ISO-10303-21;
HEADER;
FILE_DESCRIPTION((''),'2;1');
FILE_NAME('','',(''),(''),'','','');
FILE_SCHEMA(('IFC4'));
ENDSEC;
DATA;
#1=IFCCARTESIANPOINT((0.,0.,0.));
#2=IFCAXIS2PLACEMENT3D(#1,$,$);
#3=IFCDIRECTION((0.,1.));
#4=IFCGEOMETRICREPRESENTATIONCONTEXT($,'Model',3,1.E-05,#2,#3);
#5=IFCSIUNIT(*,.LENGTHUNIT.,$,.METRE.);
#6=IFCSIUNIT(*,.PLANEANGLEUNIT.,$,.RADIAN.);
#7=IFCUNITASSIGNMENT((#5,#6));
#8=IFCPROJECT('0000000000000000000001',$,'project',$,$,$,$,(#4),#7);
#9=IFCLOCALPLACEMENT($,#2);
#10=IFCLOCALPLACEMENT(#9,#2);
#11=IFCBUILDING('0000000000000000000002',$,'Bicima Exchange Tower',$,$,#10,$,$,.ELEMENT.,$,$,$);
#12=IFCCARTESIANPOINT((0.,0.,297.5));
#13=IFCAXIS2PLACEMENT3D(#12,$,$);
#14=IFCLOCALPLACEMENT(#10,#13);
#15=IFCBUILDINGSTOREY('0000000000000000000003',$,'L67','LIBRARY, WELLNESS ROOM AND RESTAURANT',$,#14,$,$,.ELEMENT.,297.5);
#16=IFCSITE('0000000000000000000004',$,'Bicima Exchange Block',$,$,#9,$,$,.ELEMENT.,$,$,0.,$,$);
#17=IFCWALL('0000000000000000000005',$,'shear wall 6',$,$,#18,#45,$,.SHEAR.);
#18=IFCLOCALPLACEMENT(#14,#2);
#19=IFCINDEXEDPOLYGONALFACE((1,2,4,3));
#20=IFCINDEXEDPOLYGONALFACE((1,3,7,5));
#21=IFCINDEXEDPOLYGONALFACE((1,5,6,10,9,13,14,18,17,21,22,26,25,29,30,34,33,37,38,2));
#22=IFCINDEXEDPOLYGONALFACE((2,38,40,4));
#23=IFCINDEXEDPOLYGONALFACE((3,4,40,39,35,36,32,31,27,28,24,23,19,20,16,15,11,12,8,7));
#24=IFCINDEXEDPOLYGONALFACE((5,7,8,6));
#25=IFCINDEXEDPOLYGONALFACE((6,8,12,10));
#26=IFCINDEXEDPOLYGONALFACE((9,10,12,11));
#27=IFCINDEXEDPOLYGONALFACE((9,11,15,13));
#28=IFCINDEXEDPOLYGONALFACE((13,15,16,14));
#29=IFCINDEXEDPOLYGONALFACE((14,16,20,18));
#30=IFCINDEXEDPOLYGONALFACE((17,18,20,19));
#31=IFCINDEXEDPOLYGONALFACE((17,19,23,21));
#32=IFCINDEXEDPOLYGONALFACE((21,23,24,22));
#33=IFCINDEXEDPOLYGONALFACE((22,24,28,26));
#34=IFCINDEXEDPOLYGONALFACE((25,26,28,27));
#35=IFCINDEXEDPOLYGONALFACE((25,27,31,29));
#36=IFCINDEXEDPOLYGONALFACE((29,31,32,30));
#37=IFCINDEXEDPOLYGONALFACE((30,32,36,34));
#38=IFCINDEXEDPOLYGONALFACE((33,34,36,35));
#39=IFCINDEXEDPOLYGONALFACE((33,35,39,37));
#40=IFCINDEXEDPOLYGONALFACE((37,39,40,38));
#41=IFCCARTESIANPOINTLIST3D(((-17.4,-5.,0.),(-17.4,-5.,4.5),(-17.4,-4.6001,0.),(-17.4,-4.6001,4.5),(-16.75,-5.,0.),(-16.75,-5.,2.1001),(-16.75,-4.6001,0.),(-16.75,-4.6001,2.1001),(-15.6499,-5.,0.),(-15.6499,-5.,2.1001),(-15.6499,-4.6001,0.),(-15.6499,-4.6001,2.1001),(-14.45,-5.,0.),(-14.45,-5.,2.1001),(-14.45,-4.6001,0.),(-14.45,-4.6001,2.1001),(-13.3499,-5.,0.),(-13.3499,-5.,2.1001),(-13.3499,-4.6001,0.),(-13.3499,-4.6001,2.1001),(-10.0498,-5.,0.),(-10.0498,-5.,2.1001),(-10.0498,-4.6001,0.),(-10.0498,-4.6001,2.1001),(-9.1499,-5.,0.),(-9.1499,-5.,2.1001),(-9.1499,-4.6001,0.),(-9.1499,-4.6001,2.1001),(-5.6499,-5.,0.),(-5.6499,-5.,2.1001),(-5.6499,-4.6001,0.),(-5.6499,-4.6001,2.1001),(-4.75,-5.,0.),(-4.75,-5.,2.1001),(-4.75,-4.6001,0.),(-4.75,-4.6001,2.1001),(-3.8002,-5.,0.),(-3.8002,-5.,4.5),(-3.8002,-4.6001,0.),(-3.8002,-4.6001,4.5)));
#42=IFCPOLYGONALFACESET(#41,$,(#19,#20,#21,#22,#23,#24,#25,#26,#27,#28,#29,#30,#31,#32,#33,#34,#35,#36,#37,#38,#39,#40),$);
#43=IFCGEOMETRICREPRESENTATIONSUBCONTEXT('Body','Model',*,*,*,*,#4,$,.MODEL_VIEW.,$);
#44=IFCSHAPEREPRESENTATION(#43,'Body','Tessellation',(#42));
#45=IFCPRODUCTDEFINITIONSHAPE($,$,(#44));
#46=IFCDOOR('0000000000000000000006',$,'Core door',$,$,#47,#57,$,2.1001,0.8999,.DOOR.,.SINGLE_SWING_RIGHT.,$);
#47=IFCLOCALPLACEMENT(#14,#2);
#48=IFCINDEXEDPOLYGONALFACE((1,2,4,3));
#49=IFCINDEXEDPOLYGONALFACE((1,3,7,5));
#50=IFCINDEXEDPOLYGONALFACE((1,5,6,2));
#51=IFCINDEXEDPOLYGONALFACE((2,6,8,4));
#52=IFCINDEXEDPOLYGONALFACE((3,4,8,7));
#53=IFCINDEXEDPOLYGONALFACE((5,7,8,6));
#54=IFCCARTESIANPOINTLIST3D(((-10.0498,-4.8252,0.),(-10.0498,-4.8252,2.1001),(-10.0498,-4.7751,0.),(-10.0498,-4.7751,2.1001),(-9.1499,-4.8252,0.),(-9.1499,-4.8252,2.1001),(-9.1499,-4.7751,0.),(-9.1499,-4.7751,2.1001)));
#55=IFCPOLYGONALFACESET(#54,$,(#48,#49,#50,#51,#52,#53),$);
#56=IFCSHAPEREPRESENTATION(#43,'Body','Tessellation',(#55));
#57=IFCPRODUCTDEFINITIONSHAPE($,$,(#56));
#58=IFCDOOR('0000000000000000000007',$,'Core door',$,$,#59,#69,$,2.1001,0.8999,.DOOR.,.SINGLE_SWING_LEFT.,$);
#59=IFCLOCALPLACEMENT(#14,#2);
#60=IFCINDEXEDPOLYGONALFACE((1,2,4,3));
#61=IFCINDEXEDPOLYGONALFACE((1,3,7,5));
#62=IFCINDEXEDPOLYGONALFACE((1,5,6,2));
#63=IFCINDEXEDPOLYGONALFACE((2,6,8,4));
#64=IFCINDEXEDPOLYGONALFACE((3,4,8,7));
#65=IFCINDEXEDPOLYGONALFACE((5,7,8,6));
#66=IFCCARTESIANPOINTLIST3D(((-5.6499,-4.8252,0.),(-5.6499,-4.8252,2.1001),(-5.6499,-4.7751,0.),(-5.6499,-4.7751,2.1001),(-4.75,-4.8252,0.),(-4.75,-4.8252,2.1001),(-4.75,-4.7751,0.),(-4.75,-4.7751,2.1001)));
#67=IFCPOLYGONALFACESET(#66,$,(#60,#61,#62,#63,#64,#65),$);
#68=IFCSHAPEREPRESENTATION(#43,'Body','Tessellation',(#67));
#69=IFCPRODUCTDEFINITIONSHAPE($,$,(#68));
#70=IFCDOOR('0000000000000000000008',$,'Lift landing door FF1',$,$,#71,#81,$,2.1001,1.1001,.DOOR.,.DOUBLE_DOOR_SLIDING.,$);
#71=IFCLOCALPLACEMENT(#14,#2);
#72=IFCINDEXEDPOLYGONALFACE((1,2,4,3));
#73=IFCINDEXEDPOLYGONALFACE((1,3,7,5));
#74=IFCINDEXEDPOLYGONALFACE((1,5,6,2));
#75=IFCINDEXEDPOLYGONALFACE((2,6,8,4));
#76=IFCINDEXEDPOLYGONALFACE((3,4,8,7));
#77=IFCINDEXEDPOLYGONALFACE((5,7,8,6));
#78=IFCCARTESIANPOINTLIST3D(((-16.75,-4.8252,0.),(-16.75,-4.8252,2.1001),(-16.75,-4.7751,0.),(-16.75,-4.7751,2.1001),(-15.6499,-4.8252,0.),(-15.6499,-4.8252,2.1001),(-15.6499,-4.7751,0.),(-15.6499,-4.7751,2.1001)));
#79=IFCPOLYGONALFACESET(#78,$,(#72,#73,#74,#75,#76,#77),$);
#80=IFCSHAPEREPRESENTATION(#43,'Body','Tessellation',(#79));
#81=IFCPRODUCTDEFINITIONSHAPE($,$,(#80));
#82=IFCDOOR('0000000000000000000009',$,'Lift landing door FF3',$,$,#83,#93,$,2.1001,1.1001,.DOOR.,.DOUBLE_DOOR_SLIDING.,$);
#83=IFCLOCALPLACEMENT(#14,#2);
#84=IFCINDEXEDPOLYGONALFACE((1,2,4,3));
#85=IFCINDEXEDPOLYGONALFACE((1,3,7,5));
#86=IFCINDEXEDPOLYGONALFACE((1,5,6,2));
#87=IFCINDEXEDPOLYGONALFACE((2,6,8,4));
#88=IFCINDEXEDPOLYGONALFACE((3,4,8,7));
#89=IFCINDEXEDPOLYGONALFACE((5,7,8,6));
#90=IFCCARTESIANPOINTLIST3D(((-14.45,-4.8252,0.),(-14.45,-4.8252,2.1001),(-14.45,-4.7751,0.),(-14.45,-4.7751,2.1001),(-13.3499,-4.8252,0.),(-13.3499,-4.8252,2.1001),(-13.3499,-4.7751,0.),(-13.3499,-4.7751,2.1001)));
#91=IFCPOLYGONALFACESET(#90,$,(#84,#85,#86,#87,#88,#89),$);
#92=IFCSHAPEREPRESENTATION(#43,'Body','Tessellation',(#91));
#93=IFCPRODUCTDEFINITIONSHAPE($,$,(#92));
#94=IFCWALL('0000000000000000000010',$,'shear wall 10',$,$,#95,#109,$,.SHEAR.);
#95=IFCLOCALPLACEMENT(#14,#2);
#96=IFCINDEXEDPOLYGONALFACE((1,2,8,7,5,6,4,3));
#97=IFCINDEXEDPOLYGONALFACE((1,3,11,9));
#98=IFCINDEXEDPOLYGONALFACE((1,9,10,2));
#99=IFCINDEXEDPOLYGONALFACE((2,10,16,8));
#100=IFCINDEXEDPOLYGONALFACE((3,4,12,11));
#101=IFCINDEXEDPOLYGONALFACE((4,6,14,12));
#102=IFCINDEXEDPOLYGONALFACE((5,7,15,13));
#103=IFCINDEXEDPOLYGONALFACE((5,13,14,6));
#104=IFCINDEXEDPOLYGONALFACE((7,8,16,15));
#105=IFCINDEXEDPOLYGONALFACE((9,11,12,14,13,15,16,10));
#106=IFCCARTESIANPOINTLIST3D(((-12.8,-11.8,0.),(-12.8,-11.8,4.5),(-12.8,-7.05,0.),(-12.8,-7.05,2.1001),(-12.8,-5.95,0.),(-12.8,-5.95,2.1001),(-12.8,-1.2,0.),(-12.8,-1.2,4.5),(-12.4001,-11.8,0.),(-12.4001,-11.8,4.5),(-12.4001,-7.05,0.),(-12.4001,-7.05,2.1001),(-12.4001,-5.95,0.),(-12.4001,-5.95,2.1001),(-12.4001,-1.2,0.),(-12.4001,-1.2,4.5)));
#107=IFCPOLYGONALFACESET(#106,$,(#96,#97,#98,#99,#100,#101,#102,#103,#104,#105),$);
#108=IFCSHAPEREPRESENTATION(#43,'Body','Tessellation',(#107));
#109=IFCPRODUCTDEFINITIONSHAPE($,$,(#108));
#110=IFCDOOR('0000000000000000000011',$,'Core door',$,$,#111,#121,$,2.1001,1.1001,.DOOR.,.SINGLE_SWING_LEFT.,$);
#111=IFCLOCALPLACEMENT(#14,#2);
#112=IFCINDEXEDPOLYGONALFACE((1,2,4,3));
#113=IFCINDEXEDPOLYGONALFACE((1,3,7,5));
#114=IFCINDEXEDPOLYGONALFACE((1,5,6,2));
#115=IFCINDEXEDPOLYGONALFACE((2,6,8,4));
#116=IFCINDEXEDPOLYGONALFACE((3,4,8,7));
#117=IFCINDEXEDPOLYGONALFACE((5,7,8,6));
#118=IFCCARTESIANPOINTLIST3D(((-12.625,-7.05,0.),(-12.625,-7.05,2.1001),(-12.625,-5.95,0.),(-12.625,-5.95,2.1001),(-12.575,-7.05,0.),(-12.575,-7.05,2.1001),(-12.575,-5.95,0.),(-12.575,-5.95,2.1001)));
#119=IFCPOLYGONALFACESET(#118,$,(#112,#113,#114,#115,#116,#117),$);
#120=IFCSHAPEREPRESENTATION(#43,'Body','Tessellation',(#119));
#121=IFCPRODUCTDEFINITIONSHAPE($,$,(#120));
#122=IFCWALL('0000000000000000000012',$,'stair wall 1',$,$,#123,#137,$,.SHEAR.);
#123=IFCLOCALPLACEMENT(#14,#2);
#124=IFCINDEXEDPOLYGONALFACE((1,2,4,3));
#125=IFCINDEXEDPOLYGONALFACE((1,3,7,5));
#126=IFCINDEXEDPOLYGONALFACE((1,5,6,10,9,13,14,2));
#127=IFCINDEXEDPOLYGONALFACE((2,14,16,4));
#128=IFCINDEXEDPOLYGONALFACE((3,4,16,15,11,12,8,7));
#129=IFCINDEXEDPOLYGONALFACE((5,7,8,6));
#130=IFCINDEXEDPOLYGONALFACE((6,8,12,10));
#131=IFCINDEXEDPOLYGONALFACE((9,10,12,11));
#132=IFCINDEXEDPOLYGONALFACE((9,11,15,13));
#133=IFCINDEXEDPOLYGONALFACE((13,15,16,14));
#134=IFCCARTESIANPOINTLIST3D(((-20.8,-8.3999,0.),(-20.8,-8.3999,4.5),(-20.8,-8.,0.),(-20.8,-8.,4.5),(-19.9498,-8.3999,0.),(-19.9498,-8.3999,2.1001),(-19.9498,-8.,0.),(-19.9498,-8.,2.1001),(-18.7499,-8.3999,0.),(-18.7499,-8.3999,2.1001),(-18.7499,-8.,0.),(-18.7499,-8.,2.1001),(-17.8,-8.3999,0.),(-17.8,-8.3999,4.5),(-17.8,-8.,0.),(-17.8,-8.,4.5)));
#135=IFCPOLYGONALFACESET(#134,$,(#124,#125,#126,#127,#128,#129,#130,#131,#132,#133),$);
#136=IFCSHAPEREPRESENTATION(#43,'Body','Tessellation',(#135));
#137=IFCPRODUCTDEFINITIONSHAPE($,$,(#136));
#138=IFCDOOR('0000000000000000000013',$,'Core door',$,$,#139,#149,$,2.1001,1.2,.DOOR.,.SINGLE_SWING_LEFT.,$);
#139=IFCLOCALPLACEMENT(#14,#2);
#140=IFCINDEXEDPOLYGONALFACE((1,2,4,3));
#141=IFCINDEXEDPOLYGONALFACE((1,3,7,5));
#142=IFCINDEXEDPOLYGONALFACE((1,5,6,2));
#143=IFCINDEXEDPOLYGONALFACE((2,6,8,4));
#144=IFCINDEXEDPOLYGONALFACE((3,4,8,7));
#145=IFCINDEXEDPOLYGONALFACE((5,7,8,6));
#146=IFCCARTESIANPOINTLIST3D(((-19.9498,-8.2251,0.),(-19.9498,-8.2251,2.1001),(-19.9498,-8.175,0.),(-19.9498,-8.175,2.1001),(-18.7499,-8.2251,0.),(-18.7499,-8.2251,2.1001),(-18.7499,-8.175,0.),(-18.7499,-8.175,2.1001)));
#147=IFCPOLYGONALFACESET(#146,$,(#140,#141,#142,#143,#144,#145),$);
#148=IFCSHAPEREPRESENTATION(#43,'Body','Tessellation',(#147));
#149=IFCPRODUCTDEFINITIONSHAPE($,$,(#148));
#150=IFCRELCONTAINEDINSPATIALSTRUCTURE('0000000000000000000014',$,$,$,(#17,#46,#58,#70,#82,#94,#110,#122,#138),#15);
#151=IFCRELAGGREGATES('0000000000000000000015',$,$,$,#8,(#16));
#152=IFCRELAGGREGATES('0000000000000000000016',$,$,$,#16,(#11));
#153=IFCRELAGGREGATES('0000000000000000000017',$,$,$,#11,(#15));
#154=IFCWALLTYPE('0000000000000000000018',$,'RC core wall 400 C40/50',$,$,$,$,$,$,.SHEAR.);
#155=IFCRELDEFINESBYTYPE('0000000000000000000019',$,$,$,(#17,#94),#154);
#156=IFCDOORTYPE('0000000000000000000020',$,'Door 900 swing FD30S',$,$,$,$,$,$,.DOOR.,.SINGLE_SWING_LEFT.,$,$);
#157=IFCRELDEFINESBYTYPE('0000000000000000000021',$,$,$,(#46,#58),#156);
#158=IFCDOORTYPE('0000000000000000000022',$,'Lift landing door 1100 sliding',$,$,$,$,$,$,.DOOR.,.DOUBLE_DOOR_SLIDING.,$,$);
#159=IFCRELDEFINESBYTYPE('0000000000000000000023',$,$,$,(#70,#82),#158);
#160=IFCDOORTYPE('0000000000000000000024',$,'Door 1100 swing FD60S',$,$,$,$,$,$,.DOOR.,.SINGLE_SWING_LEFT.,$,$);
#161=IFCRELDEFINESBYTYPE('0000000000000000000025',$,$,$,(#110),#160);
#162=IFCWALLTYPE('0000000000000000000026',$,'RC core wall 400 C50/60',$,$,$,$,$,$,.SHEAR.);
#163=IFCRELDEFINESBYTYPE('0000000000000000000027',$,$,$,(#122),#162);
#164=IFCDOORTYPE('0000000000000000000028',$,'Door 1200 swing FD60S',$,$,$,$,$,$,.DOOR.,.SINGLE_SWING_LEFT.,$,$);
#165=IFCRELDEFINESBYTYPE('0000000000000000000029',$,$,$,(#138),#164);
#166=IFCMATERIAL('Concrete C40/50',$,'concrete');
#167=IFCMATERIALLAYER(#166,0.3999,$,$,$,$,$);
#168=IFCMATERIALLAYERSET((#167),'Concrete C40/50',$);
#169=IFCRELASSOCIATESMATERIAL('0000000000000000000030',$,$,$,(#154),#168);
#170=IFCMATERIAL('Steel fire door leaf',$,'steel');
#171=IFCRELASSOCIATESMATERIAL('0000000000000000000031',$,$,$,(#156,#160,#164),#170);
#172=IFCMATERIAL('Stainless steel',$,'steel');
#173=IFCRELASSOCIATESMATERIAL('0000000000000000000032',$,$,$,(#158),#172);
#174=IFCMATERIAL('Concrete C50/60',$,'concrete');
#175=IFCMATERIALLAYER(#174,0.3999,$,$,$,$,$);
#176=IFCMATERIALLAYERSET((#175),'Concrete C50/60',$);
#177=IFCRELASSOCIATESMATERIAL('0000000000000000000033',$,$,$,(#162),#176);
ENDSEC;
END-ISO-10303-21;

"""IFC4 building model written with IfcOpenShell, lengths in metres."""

from ifc_helpers import new_model, si_unit, direction, frame, frame_2d, origin, place, context, subcontext, project, spatial, rectangle, extrude, material, layer, layer_set, type_object, element, fill, save


model = new_model("IFC4")

# Units and contexts
model_context = context("Model", 3, precision=1e-05, world=origin(), true_north=direction((0.0, 1.0)))
body_context = subcontext(model_context, "Body", "Model", "MODEL_VIEW")
ifc_project = project(units=[si_unit("LENGTHUNIT", "METRE"), si_unit("PLANEANGLEUNIT", "RADIAN")], contexts=[model_context])

# Site, building, storey
site_placement = place(None, origin())
site = spatial("IfcSite", under=ifc_project, at=site_placement, Name="Bicima Exchange Block", CompositionType="ELEMENT", RefElevation=0.0)
building_placement = place(site_placement, origin())
building = spatial("IfcBuilding", under=site, at=building_placement, Name="Bicima Exchange Tower", CompositionType="ELEMENT")
storey_placement = place(building_placement, frame((0.0, 0.0, 297.5)))
storey = spatial("IfcBuildingStorey", under=building, at=storey_placement, Name="L67", Description="LIBRARY, WELLNESS ROOM AND RESTAURANT", CompositionType="ELEMENT", Elevation=297.5)

# Shared definitions
ifc_material_1 = material(Name="Concrete C40/50", Category="concrete")
ifc_layer_1 = layer(ifc_material_1, 0.3999)
ifc_layer_set_1 = layer_set([ifc_layer_1], Name="Concrete C40/50")
wall_type_1 = type_object("IfcWallType", Name="RC core wall 400 C40/50", PredefinedType="SHEAR", material=ifc_layer_set_1)

# Wall, openings, doors
wall_1_placement = place(storey_placement, frame((-17.3999, -4.8, 0.0), z_axis=(0.0, 0.0, 1.0), x_axis=(1.0, 0.0, 0.0)))
wall_1 = element("IfcWall", 1, at=wall_1_placement, inside=storey, type_object=wall_type_1, Name="shear wall 6", PredefinedType="SHEAR", context=body_context, shape_type="SweptSolid", body=[
    extrude(rectangle(XDim=13.5999, YDim=0.3999, at=frame_2d((6.7998, 0.0))), origin(), (0.0, 0.0, 1.0), 4.5),
])
opening_1_placement = place(wall_1_placement, frame((0.6499, 0.0, 0.0)))
opening_1 = element("IfcOpeningElement", 2, at=opening_1_placement, cuts=wall_1, PredefinedType="OPENING", context=body_context, shape_type="SweptSolid", body=[
    extrude(rectangle(XDim=1.1001, YDim=2.1001, at=frame_2d((0.55, 1.05))), frame((0.0, 0.2119, 0.0), z_axis=(0.0, -1.0, 0.0), x_axis=(1.0, 0.0, 0.0)), (0.0, 0.0, 1.0), 0.4238),
])
opening_2_placement = place(wall_1_placement, frame((2.95, 0.0, 0.0)))
opening_2 = element("IfcOpeningElement", 3, at=opening_2_placement, cuts=wall_1, PredefinedType="OPENING", context=body_context, shape_type="SweptSolid", body=[
    extrude(rectangle(XDim=1.1001, YDim=2.1001, at=frame_2d((0.55, 1.05))), frame((0.0, 0.2119, 0.0), z_axis=(0.0, -1.0, 0.0), x_axis=(1.0, 0.0, 0.0)), (0.0, 0.0, 1.0), 0.4238),
])
opening_3_placement = place(wall_1_placement, frame((7.3501, 0.0, 0.0)))
opening_3 = element("IfcOpeningElement", 4, at=opening_3_placement, cuts=wall_1, PredefinedType="OPENING", context=body_context, shape_type="SweptSolid", body=[
    extrude(rectangle(XDim=0.8999, YDim=2.1001, at=frame_2d((0.45, 1.05))), frame((0.0, 0.2119, 0.0), z_axis=(0.0, -1.0, 0.0), x_axis=(1.0, 0.0, 0.0)), (0.0, 0.0, 1.0), 0.4238),
])
opening_4_placement = place(wall_1_placement, frame((11.75, 0.0, 0.0)))
opening_4 = element("IfcOpeningElement", 5, at=opening_4_placement, cuts=wall_1, PredefinedType="OPENING", context=body_context, shape_type="SweptSolid", body=[
    extrude(rectangle(XDim=0.8999, YDim=2.1001, at=frame_2d((0.45, 1.05))), frame((0.0, 0.2119, 0.0), z_axis=(0.0, -1.0, 0.0), x_axis=(1.0, 0.0, 0.0)), (0.0, 0.0, 1.0), 0.4238),
])
ifc_material_2 = material(Name="Steel fire door leaf", Category="steel")
door_type_1 = type_object("IfcDoorType", Name="Door 900 swing FD30S", OperationType="SINGLE_SWING_LEFT", PredefinedType="DOOR", material=ifc_material_2)
door_1_placement = place(opening_3_placement, origin())
door_1 = element("IfcDoor", 6, at=door_1_placement, inside=storey, type_object=door_type_1, Name="Core door", OperationType="SINGLE_SWING_RIGHT", OverallHeight=2.1001, OverallWidth=0.8999, PredefinedType="DOOR", context=body_context, shape_type="SweptSolid", body=[
    extrude(rectangle(XDim=0.8999, YDim=2.1001, at=frame_2d((0.45, 1.05))), frame((0.0, 0.0249, 0.0), z_axis=(0.0, -1.0, 0.0), x_axis=(1.0, 0.0, 0.0)), (0.0, 0.0, 1.0), 0.05),
])
fill(opening_3, door_1)
door_2_placement = place(opening_4_placement, origin())
door_2 = element("IfcDoor", 7, at=door_2_placement, inside=storey, type_object=door_type_1, Name="Core door", OperationType="SINGLE_SWING_LEFT", OverallHeight=2.1001, OverallWidth=0.8999, PredefinedType="DOOR", context=body_context, shape_type="SweptSolid", body=[
    extrude(rectangle(XDim=0.8999, YDim=2.1001, at=frame_2d((0.45, 1.05))), frame((0.0, 0.0249, 0.0), z_axis=(0.0, -1.0, 0.0), x_axis=(1.0, 0.0, 0.0)), (0.0, 0.0, 1.0), 0.05),
])
fill(opening_4, door_2)
ifc_material_3 = material(Name="Stainless steel", Category="steel")
door_type_2 = type_object("IfcDoorType", Name="Lift landing door 1100 sliding", OperationType="DOUBLE_DOOR_SLIDING", PredefinedType="DOOR", material=ifc_material_3)
door_3_placement = place(opening_1_placement, origin())
door_3 = element("IfcDoor", 8, at=door_3_placement, inside=storey, type_object=door_type_2, Name="Lift landing door FF1", OperationType="DOUBLE_DOOR_SLIDING", OverallHeight=2.1001, OverallWidth=1.1001, PredefinedType="DOOR", context=body_context, shape_type="SweptSolid", body=[
    extrude(rectangle(XDim=1.1001, YDim=2.1001, at=frame_2d((0.55, 1.05))), frame((0.0, 0.0249, 0.0), z_axis=(0.0, -1.0, 0.0), x_axis=(1.0, 0.0, 0.0)), (0.0, 0.0, 1.0), 0.05),
])
fill(opening_1, door_3)
door_4_placement = place(opening_2_placement, origin())
door_4 = element("IfcDoor", 9, at=door_4_placement, inside=storey, type_object=door_type_2, Name="Lift landing door FF3", OperationType="DOUBLE_DOOR_SLIDING", OverallHeight=2.1001, OverallWidth=1.1001, PredefinedType="DOOR", context=body_context, shape_type="SweptSolid", body=[
    extrude(rectangle(XDim=1.1001, YDim=2.1001, at=frame_2d((0.55, 1.05))), frame((0.0, 0.0249, 0.0), z_axis=(0.0, -1.0, 0.0), x_axis=(1.0, 0.0, 0.0)), (0.0, 0.0, 1.0), 0.05),
])
fill(opening_2, door_4)

# Walls, openings, doors
wall_2_placement = place(storey_placement, frame((-12.6001, -11.8, 0.0), z_axis=(0.0, 0.0, 1.0), x_axis=(0.0, 1.0, 0.0)))
wall_2 = element("IfcWall", 10, at=wall_2_placement, inside=storey, type_object=wall_type_1, Name="shear wall 10", PredefinedType="SHEAR", context=body_context, shape_type="SweptSolid", body=[
    extrude(rectangle(XDim=10.6001, YDim=0.3999, at=frame_2d((5.3, 0.0))), origin(), (0.0, 0.0, 1.0), 4.5),
])
opening_5_placement = place(wall_2_placement, frame((4.75, 0.0, 0.0)))
opening_5 = element("IfcOpeningElement", 11, at=opening_5_placement, cuts=wall_2, PredefinedType="OPENING", context=body_context, shape_type="SweptSolid", body=[
    extrude(rectangle(XDim=1.1001, YDim=2.1001, at=frame_2d((0.55, 1.05))), frame((0.0, 0.2119, 0.0), z_axis=(0.0, -1.0, 0.0), x_axis=(1.0, 0.0, 0.0)), (0.0, 0.0, 1.0), 0.4238),
])
door_type_3 = type_object("IfcDoorType", Name="Door 1100 swing FD60S", OperationType="SINGLE_SWING_LEFT", PredefinedType="DOOR", material=ifc_material_2)
door_5_placement = place(opening_5_placement, origin())
door_5 = element("IfcDoor", 12, at=door_5_placement, inside=storey, type_object=door_type_3, Name="Core door", OperationType="SINGLE_SWING_LEFT", OverallHeight=2.1001, OverallWidth=1.1001, PredefinedType="DOOR", context=body_context, shape_type="SweptSolid", body=[
    extrude(rectangle(XDim=1.1001, YDim=2.1001, at=frame_2d((0.55, 1.05))), frame((0.0, 0.0249, 0.0), z_axis=(0.0, -1.0, 0.0), x_axis=(1.0, 0.0, 0.0)), (0.0, 0.0, 1.0), 0.05),
])
fill(opening_5, door_5)
ifc_material_4 = material(Name="Concrete C50/60", Category="concrete")
ifc_layer_2 = layer(ifc_material_4, 0.3999)
ifc_layer_set_2 = layer_set([ifc_layer_2], Name="Concrete C50/60")
wall_type_2 = type_object("IfcWallType", Name="RC core wall 400 C50/60", PredefinedType="SHEAR", material=ifc_layer_set_2)
wall_3_placement = place(storey_placement, frame((-20.8, -8.2, 0.0), z_axis=(0.0, 0.0, 1.0), x_axis=(1.0, 0.0, 0.0)))
wall_3 = element("IfcWall", 13, at=wall_3_placement, inside=storey, type_object=wall_type_2, Name="stair wall 1", PredefinedType="SHEAR", context=body_context, shape_type="SweptSolid", body=[
    extrude(rectangle(XDim=3.0, YDim=0.3999, at=frame_2d((1.5, 0.0))), origin(), (0.0, 0.0, 1.0), 4.5),
])
opening_6_placement = place(wall_3_placement, frame((0.8501, 0.0, 0.0)))
opening_6 = element("IfcOpeningElement", 14, at=opening_6_placement, cuts=wall_3, PredefinedType="OPENING", context=body_context, shape_type="SweptSolid", body=[
    extrude(rectangle(XDim=1.2, YDim=2.1001, at=frame_2d((0.6001, 1.05))), frame((0.0, 0.2119, 0.0), z_axis=(0.0, -1.0, 0.0), x_axis=(1.0, 0.0, 0.0)), (0.0, 0.0, 1.0), 0.4238),
])
door_type_4 = type_object("IfcDoorType", Name="Door 1200 swing FD60S", OperationType="SINGLE_SWING_LEFT", PredefinedType="DOOR", material=ifc_material_2)
door_6_placement = place(opening_6_placement, origin())
door_6 = element("IfcDoor", 15, at=door_6_placement, inside=storey, type_object=door_type_4, Name="Core door", OperationType="SINGLE_SWING_LEFT", OverallHeight=2.1001, OverallWidth=1.2, PredefinedType="DOOR", context=body_context, shape_type="SweptSolid", body=[
    extrude(rectangle(XDim=1.2, YDim=2.1001, at=frame_2d((0.6001, 1.05))), frame((0.0, 0.0249, 0.0), z_axis=(0.0, -1.0, 0.0), x_axis=(1.0, 0.0, 0.0)), (0.0, 0.0, 1.0), 0.05),
])
fill(opening_6, door_6)

save(model, "model.ifc")
